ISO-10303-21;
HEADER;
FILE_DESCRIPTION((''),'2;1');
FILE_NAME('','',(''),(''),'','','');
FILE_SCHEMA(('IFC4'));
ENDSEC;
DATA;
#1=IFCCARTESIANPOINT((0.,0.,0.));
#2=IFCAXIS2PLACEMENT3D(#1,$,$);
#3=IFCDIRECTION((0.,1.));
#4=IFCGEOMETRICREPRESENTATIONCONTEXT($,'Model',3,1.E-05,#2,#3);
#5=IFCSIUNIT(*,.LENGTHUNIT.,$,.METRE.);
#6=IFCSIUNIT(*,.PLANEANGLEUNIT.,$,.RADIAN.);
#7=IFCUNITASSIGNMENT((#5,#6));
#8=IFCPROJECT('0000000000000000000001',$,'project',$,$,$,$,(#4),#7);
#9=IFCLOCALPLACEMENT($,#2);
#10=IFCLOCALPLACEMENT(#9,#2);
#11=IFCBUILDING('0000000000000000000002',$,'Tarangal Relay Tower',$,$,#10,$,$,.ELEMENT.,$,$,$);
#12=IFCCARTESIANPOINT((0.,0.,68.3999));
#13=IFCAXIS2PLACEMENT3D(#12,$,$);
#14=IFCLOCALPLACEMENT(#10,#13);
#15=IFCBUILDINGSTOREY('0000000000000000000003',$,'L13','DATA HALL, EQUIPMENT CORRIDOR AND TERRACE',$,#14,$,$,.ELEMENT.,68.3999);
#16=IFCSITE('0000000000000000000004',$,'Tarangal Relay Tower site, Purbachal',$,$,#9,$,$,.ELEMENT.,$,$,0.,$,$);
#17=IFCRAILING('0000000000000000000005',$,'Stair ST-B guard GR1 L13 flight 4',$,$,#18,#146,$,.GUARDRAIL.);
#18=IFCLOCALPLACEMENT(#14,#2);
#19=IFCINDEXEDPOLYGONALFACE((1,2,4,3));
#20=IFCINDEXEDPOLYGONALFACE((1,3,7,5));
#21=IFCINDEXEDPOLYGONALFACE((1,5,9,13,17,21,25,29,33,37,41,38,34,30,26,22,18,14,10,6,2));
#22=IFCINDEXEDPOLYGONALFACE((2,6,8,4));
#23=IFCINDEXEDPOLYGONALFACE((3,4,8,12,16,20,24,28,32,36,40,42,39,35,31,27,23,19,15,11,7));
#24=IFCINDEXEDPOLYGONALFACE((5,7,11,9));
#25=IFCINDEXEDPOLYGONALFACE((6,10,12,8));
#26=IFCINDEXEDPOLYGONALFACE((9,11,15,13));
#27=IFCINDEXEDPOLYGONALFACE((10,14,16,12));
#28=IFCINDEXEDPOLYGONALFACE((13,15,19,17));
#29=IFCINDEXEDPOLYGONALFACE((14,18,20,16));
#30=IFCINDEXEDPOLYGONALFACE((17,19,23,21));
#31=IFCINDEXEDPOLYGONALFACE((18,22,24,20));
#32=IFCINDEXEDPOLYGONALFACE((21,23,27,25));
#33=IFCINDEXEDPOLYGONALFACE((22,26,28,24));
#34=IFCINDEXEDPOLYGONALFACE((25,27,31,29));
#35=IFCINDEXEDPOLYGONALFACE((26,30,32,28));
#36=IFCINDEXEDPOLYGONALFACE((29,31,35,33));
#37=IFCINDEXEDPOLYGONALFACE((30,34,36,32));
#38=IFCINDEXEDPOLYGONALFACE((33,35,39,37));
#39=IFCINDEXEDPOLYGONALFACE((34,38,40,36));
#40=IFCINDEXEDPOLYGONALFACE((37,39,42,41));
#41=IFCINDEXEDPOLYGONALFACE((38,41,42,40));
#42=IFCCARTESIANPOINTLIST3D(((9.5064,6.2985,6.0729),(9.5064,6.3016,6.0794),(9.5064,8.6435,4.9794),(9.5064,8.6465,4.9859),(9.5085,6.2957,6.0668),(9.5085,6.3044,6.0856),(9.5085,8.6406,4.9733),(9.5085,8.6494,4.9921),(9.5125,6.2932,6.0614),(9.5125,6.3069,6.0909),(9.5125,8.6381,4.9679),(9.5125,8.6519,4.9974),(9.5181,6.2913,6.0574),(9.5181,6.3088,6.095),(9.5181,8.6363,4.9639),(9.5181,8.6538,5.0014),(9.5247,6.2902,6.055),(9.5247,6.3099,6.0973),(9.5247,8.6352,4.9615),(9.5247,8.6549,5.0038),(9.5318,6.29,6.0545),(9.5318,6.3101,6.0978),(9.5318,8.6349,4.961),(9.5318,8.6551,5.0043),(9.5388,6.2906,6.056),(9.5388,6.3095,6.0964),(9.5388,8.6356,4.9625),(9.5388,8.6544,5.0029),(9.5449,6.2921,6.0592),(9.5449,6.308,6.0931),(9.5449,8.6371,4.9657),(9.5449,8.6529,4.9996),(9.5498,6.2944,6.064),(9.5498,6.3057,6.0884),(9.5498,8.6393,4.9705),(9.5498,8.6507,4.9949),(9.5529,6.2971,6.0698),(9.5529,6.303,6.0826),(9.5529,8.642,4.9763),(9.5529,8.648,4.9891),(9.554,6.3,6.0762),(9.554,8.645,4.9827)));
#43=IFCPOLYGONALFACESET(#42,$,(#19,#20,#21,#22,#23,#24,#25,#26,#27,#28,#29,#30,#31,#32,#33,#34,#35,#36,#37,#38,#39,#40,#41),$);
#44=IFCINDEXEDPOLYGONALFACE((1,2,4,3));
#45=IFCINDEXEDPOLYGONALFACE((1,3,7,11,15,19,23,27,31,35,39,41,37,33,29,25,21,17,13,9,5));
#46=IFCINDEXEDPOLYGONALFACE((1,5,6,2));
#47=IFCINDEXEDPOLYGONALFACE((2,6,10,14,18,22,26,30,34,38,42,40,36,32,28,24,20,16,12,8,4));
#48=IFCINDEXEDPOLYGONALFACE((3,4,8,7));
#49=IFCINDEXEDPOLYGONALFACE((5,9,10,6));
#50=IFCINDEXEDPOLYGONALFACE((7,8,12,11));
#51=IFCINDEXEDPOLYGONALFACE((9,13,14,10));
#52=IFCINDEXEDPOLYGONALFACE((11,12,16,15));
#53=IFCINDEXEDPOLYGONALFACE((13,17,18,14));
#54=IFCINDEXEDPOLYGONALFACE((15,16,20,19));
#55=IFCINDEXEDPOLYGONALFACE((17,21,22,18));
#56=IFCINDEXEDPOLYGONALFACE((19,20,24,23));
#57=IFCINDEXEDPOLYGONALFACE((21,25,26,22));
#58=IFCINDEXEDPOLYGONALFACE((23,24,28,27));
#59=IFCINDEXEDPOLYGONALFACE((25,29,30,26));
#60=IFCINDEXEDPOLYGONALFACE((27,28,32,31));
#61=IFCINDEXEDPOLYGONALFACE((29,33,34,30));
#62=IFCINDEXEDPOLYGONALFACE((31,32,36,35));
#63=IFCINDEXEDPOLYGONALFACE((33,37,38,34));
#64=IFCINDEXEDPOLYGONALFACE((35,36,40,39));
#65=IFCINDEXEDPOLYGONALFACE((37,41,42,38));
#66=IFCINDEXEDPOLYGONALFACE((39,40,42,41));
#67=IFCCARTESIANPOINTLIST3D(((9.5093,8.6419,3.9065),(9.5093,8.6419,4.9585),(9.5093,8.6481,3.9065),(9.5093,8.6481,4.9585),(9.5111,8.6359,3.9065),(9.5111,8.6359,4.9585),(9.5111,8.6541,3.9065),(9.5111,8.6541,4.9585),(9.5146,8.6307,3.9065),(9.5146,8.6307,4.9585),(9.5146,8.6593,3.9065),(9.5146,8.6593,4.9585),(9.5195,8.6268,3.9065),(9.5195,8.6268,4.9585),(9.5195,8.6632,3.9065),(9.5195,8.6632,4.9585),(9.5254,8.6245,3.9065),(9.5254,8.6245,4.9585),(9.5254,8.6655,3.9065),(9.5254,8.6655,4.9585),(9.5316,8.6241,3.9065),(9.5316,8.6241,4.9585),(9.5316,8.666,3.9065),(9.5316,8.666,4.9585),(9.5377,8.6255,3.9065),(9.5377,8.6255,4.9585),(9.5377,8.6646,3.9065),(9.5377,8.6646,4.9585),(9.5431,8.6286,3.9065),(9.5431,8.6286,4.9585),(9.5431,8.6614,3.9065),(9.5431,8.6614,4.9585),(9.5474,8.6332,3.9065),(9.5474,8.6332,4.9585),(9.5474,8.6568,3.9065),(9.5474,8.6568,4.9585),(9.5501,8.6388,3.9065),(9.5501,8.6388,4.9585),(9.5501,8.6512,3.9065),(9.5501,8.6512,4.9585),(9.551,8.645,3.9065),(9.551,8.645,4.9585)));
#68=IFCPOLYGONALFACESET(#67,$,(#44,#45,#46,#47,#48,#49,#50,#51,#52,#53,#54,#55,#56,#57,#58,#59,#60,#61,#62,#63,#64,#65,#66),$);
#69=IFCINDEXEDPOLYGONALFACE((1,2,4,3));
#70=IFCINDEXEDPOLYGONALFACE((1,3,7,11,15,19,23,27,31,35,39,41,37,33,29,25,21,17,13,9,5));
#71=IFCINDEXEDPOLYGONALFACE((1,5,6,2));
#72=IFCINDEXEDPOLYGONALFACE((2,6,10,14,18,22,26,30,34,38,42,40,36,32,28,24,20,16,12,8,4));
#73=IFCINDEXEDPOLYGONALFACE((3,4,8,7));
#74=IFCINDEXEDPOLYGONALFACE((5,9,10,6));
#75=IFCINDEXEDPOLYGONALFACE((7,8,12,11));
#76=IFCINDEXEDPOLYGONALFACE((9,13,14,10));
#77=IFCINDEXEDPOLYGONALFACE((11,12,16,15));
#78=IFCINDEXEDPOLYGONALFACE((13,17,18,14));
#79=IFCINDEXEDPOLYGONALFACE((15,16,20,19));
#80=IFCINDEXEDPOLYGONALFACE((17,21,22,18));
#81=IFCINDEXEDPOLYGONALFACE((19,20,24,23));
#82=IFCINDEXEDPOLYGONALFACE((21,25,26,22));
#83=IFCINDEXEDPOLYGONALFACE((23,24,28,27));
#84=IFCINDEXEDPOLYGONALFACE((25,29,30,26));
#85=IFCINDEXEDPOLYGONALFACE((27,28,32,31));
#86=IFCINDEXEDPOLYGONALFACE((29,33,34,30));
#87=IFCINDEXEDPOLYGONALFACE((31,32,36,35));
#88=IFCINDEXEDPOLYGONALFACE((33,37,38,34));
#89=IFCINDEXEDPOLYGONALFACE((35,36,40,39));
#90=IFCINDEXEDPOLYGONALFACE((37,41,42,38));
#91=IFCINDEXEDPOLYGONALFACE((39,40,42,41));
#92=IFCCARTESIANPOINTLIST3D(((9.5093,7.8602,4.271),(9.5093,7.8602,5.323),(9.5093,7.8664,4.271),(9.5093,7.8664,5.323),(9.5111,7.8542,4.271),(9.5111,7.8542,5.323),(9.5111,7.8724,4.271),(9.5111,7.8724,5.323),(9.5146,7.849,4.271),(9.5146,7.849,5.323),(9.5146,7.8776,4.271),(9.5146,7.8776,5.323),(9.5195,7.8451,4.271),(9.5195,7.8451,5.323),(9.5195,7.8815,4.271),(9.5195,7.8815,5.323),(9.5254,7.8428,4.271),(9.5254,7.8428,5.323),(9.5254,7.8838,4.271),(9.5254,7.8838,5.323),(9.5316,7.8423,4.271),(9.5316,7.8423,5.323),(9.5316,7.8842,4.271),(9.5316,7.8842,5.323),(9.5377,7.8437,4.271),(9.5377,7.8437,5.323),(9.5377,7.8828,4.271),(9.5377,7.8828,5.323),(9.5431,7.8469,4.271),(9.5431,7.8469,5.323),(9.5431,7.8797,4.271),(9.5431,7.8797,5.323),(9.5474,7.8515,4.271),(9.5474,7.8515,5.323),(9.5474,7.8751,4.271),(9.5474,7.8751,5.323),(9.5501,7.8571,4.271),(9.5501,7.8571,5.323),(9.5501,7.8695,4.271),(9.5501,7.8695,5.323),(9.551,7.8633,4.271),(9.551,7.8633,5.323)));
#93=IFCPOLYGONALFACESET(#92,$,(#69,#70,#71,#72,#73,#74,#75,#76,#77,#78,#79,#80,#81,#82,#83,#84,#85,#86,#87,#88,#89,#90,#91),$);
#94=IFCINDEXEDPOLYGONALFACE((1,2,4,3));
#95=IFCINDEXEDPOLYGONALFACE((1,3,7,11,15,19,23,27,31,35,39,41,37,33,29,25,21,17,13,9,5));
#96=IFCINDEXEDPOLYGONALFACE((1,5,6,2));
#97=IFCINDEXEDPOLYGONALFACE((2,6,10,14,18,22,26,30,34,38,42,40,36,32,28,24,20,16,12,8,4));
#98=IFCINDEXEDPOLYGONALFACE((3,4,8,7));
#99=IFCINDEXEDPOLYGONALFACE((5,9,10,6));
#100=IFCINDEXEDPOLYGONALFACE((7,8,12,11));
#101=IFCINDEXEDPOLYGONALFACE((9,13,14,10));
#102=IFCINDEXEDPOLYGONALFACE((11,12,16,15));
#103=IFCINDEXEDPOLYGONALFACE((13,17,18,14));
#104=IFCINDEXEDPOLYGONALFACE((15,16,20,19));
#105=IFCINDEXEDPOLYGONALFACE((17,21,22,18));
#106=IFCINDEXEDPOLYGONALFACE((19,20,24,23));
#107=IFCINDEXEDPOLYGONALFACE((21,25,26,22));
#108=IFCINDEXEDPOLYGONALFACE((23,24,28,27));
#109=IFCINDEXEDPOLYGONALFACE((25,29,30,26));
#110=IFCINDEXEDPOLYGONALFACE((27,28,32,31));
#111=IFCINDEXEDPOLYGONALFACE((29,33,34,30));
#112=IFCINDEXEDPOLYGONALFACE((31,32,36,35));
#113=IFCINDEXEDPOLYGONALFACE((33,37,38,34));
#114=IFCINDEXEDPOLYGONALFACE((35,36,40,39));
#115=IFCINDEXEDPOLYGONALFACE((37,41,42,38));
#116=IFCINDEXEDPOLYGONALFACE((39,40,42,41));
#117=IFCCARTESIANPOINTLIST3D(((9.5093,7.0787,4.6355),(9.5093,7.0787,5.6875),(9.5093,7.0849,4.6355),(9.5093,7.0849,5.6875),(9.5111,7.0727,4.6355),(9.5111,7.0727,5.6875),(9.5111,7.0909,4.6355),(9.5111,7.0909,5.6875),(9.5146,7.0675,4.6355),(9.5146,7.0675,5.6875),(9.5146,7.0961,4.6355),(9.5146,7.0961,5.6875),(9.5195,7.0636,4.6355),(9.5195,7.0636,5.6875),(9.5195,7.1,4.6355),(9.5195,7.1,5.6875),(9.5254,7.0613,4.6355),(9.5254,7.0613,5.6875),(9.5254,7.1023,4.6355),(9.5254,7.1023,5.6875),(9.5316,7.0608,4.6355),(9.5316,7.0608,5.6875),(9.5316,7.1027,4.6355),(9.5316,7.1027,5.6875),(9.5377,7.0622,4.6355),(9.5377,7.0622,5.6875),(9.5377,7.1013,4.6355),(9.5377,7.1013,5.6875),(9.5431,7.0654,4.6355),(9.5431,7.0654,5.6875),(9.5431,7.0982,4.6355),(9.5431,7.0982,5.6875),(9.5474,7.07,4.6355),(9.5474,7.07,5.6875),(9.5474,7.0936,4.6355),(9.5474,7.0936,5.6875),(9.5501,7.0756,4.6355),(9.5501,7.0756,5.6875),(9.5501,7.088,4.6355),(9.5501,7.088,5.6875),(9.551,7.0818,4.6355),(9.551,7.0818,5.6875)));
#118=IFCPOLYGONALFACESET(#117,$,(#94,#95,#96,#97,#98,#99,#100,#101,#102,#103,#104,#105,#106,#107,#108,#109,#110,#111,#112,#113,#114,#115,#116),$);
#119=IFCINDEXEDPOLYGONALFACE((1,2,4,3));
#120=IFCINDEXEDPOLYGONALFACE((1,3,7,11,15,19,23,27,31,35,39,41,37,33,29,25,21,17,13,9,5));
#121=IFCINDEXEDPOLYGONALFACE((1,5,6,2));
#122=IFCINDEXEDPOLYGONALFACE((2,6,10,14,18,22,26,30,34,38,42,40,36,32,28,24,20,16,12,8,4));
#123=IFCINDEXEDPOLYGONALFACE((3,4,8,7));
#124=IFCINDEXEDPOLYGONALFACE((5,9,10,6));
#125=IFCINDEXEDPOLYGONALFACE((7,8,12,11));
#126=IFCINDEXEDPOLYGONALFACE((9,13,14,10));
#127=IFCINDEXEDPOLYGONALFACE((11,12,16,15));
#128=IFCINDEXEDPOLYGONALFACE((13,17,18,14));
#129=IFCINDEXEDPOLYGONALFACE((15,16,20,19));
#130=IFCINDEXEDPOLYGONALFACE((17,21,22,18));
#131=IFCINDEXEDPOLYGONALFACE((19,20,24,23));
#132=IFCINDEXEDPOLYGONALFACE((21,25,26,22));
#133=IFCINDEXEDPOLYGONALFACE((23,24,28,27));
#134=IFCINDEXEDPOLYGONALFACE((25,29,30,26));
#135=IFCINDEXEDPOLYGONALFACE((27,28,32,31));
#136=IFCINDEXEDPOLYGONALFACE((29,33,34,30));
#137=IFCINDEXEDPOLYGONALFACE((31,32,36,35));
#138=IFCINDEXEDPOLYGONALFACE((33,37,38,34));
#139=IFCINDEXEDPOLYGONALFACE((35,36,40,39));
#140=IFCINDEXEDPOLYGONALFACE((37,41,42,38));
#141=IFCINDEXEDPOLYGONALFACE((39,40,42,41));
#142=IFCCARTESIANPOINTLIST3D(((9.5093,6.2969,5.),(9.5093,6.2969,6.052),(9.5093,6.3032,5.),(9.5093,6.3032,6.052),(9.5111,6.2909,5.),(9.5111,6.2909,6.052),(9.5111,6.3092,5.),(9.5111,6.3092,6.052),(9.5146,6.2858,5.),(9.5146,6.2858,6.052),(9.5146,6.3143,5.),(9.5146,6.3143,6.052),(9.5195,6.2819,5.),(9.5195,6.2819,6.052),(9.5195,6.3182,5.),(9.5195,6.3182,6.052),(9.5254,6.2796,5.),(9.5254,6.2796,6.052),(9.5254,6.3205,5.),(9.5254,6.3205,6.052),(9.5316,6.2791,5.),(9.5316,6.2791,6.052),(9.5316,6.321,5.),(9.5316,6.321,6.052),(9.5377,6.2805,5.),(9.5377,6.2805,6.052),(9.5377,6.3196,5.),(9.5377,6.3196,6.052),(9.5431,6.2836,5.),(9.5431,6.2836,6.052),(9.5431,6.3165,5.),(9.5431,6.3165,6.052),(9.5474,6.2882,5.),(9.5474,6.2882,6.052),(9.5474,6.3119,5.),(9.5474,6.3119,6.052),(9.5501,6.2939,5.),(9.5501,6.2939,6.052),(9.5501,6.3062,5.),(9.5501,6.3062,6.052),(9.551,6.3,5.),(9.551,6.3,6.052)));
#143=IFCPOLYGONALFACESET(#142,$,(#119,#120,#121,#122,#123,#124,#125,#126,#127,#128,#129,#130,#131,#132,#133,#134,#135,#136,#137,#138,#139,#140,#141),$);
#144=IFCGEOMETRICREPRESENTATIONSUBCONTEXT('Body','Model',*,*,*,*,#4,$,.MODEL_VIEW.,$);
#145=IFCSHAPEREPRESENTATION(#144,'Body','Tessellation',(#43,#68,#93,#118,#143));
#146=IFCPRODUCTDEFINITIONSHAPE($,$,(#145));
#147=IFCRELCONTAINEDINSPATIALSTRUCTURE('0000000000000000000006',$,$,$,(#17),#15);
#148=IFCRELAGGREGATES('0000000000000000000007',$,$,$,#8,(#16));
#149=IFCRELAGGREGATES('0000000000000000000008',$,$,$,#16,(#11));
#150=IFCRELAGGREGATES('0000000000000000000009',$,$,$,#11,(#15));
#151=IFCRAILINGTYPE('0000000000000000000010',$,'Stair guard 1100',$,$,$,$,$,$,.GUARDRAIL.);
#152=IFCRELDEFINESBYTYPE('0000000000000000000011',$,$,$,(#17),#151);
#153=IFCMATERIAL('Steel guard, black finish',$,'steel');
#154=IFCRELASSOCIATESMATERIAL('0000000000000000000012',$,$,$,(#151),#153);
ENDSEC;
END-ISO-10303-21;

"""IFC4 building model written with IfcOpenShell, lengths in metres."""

from ifc_helpers import new_model, si_unit, direction, frame, origin, origin_2d, place, context, subcontext, project, spatial, circle, extrude, material, type_object, element, save


model = new_model("IFC4")

# Units and contexts
model_context = context("Model", 3, precision=1e-05, world=origin(), true_north=direction((0.0, 1.0)))
body_context = subcontext(model_context, "Body", "Model", "MODEL_VIEW")
ifc_project = project(units=[si_unit("LENGTHUNIT", "METRE"), si_unit("PLANEANGLEUNIT", "RADIAN")], contexts=[model_context])

# Site, building, storey
site_placement = place(None, origin())
site = spatial("IfcSite", under=ifc_project, at=site_placement, Name="Tarangal Relay Tower site, Purbachal", CompositionType="ELEMENT", RefElevation=0.0)
building_placement = place(site_placement, origin())
building = spatial("IfcBuilding", under=site, at=building_placement, Name="Tarangal Relay Tower", CompositionType="ELEMENT")
storey_placement = place(building_placement, frame((0.0, 0.0, 68.3999)))
storey = spatial("IfcBuildingStorey", under=building, at=storey_placement, Name="L13", Description="DATA HALL, EQUIPMENT CORRIDOR AND TERRACE", CompositionType="ELEMENT", Elevation=68.3999)

# Railing
ifc_material_1 = material(Name="Steel guard, black finish", Category="steel")
railing_type_1 = type_object("IfcRailingType", Name="Stair guard 1100", PredefinedType="GUARDRAIL", material=ifc_material_1)
railing_1_placement = place(storey_placement, frame((9.53, 8.645, 3.9065)))
element("IfcRailing", 1, at=railing_1_placement, inside=storey, type_object=railing_type_1, Name="Stair ST-B guard GR1 L13 flight 4", PredefinedType="GUARDRAIL", context=body_context, shape_type="SweptSolid", body=[
    extrude(circle(Radius=0.0239, at=origin_2d()), frame((0.0, 0.0, 1.0762), z_axis=(0.0, -0.906304, 0.422627), x_axis=(1.0, 0.0, 0.0)), (0.0, 0.0, 1.0), 2.5874),
    extrude(circle(Radius=0.021, at=origin_2d()), origin(), (0.0, 0.0, 1.0), 1.052),
    extrude(circle(Radius=0.021, at=origin_2d()), frame((0.0, -0.7817, 0.3645)), (0.0, 0.0, 1.0), 1.052),
    extrude(circle(Radius=0.021, at=origin_2d()), frame((0.0, -1.5632, 0.729)), (0.0, 0.0, 1.0), 1.052),
    extrude(circle(Radius=0.021, at=origin_2d()), frame((0.0, -2.345, 1.0935)), (0.0, 0.0, 1.0), 1.052),
])

save(model, "model.ifc")
